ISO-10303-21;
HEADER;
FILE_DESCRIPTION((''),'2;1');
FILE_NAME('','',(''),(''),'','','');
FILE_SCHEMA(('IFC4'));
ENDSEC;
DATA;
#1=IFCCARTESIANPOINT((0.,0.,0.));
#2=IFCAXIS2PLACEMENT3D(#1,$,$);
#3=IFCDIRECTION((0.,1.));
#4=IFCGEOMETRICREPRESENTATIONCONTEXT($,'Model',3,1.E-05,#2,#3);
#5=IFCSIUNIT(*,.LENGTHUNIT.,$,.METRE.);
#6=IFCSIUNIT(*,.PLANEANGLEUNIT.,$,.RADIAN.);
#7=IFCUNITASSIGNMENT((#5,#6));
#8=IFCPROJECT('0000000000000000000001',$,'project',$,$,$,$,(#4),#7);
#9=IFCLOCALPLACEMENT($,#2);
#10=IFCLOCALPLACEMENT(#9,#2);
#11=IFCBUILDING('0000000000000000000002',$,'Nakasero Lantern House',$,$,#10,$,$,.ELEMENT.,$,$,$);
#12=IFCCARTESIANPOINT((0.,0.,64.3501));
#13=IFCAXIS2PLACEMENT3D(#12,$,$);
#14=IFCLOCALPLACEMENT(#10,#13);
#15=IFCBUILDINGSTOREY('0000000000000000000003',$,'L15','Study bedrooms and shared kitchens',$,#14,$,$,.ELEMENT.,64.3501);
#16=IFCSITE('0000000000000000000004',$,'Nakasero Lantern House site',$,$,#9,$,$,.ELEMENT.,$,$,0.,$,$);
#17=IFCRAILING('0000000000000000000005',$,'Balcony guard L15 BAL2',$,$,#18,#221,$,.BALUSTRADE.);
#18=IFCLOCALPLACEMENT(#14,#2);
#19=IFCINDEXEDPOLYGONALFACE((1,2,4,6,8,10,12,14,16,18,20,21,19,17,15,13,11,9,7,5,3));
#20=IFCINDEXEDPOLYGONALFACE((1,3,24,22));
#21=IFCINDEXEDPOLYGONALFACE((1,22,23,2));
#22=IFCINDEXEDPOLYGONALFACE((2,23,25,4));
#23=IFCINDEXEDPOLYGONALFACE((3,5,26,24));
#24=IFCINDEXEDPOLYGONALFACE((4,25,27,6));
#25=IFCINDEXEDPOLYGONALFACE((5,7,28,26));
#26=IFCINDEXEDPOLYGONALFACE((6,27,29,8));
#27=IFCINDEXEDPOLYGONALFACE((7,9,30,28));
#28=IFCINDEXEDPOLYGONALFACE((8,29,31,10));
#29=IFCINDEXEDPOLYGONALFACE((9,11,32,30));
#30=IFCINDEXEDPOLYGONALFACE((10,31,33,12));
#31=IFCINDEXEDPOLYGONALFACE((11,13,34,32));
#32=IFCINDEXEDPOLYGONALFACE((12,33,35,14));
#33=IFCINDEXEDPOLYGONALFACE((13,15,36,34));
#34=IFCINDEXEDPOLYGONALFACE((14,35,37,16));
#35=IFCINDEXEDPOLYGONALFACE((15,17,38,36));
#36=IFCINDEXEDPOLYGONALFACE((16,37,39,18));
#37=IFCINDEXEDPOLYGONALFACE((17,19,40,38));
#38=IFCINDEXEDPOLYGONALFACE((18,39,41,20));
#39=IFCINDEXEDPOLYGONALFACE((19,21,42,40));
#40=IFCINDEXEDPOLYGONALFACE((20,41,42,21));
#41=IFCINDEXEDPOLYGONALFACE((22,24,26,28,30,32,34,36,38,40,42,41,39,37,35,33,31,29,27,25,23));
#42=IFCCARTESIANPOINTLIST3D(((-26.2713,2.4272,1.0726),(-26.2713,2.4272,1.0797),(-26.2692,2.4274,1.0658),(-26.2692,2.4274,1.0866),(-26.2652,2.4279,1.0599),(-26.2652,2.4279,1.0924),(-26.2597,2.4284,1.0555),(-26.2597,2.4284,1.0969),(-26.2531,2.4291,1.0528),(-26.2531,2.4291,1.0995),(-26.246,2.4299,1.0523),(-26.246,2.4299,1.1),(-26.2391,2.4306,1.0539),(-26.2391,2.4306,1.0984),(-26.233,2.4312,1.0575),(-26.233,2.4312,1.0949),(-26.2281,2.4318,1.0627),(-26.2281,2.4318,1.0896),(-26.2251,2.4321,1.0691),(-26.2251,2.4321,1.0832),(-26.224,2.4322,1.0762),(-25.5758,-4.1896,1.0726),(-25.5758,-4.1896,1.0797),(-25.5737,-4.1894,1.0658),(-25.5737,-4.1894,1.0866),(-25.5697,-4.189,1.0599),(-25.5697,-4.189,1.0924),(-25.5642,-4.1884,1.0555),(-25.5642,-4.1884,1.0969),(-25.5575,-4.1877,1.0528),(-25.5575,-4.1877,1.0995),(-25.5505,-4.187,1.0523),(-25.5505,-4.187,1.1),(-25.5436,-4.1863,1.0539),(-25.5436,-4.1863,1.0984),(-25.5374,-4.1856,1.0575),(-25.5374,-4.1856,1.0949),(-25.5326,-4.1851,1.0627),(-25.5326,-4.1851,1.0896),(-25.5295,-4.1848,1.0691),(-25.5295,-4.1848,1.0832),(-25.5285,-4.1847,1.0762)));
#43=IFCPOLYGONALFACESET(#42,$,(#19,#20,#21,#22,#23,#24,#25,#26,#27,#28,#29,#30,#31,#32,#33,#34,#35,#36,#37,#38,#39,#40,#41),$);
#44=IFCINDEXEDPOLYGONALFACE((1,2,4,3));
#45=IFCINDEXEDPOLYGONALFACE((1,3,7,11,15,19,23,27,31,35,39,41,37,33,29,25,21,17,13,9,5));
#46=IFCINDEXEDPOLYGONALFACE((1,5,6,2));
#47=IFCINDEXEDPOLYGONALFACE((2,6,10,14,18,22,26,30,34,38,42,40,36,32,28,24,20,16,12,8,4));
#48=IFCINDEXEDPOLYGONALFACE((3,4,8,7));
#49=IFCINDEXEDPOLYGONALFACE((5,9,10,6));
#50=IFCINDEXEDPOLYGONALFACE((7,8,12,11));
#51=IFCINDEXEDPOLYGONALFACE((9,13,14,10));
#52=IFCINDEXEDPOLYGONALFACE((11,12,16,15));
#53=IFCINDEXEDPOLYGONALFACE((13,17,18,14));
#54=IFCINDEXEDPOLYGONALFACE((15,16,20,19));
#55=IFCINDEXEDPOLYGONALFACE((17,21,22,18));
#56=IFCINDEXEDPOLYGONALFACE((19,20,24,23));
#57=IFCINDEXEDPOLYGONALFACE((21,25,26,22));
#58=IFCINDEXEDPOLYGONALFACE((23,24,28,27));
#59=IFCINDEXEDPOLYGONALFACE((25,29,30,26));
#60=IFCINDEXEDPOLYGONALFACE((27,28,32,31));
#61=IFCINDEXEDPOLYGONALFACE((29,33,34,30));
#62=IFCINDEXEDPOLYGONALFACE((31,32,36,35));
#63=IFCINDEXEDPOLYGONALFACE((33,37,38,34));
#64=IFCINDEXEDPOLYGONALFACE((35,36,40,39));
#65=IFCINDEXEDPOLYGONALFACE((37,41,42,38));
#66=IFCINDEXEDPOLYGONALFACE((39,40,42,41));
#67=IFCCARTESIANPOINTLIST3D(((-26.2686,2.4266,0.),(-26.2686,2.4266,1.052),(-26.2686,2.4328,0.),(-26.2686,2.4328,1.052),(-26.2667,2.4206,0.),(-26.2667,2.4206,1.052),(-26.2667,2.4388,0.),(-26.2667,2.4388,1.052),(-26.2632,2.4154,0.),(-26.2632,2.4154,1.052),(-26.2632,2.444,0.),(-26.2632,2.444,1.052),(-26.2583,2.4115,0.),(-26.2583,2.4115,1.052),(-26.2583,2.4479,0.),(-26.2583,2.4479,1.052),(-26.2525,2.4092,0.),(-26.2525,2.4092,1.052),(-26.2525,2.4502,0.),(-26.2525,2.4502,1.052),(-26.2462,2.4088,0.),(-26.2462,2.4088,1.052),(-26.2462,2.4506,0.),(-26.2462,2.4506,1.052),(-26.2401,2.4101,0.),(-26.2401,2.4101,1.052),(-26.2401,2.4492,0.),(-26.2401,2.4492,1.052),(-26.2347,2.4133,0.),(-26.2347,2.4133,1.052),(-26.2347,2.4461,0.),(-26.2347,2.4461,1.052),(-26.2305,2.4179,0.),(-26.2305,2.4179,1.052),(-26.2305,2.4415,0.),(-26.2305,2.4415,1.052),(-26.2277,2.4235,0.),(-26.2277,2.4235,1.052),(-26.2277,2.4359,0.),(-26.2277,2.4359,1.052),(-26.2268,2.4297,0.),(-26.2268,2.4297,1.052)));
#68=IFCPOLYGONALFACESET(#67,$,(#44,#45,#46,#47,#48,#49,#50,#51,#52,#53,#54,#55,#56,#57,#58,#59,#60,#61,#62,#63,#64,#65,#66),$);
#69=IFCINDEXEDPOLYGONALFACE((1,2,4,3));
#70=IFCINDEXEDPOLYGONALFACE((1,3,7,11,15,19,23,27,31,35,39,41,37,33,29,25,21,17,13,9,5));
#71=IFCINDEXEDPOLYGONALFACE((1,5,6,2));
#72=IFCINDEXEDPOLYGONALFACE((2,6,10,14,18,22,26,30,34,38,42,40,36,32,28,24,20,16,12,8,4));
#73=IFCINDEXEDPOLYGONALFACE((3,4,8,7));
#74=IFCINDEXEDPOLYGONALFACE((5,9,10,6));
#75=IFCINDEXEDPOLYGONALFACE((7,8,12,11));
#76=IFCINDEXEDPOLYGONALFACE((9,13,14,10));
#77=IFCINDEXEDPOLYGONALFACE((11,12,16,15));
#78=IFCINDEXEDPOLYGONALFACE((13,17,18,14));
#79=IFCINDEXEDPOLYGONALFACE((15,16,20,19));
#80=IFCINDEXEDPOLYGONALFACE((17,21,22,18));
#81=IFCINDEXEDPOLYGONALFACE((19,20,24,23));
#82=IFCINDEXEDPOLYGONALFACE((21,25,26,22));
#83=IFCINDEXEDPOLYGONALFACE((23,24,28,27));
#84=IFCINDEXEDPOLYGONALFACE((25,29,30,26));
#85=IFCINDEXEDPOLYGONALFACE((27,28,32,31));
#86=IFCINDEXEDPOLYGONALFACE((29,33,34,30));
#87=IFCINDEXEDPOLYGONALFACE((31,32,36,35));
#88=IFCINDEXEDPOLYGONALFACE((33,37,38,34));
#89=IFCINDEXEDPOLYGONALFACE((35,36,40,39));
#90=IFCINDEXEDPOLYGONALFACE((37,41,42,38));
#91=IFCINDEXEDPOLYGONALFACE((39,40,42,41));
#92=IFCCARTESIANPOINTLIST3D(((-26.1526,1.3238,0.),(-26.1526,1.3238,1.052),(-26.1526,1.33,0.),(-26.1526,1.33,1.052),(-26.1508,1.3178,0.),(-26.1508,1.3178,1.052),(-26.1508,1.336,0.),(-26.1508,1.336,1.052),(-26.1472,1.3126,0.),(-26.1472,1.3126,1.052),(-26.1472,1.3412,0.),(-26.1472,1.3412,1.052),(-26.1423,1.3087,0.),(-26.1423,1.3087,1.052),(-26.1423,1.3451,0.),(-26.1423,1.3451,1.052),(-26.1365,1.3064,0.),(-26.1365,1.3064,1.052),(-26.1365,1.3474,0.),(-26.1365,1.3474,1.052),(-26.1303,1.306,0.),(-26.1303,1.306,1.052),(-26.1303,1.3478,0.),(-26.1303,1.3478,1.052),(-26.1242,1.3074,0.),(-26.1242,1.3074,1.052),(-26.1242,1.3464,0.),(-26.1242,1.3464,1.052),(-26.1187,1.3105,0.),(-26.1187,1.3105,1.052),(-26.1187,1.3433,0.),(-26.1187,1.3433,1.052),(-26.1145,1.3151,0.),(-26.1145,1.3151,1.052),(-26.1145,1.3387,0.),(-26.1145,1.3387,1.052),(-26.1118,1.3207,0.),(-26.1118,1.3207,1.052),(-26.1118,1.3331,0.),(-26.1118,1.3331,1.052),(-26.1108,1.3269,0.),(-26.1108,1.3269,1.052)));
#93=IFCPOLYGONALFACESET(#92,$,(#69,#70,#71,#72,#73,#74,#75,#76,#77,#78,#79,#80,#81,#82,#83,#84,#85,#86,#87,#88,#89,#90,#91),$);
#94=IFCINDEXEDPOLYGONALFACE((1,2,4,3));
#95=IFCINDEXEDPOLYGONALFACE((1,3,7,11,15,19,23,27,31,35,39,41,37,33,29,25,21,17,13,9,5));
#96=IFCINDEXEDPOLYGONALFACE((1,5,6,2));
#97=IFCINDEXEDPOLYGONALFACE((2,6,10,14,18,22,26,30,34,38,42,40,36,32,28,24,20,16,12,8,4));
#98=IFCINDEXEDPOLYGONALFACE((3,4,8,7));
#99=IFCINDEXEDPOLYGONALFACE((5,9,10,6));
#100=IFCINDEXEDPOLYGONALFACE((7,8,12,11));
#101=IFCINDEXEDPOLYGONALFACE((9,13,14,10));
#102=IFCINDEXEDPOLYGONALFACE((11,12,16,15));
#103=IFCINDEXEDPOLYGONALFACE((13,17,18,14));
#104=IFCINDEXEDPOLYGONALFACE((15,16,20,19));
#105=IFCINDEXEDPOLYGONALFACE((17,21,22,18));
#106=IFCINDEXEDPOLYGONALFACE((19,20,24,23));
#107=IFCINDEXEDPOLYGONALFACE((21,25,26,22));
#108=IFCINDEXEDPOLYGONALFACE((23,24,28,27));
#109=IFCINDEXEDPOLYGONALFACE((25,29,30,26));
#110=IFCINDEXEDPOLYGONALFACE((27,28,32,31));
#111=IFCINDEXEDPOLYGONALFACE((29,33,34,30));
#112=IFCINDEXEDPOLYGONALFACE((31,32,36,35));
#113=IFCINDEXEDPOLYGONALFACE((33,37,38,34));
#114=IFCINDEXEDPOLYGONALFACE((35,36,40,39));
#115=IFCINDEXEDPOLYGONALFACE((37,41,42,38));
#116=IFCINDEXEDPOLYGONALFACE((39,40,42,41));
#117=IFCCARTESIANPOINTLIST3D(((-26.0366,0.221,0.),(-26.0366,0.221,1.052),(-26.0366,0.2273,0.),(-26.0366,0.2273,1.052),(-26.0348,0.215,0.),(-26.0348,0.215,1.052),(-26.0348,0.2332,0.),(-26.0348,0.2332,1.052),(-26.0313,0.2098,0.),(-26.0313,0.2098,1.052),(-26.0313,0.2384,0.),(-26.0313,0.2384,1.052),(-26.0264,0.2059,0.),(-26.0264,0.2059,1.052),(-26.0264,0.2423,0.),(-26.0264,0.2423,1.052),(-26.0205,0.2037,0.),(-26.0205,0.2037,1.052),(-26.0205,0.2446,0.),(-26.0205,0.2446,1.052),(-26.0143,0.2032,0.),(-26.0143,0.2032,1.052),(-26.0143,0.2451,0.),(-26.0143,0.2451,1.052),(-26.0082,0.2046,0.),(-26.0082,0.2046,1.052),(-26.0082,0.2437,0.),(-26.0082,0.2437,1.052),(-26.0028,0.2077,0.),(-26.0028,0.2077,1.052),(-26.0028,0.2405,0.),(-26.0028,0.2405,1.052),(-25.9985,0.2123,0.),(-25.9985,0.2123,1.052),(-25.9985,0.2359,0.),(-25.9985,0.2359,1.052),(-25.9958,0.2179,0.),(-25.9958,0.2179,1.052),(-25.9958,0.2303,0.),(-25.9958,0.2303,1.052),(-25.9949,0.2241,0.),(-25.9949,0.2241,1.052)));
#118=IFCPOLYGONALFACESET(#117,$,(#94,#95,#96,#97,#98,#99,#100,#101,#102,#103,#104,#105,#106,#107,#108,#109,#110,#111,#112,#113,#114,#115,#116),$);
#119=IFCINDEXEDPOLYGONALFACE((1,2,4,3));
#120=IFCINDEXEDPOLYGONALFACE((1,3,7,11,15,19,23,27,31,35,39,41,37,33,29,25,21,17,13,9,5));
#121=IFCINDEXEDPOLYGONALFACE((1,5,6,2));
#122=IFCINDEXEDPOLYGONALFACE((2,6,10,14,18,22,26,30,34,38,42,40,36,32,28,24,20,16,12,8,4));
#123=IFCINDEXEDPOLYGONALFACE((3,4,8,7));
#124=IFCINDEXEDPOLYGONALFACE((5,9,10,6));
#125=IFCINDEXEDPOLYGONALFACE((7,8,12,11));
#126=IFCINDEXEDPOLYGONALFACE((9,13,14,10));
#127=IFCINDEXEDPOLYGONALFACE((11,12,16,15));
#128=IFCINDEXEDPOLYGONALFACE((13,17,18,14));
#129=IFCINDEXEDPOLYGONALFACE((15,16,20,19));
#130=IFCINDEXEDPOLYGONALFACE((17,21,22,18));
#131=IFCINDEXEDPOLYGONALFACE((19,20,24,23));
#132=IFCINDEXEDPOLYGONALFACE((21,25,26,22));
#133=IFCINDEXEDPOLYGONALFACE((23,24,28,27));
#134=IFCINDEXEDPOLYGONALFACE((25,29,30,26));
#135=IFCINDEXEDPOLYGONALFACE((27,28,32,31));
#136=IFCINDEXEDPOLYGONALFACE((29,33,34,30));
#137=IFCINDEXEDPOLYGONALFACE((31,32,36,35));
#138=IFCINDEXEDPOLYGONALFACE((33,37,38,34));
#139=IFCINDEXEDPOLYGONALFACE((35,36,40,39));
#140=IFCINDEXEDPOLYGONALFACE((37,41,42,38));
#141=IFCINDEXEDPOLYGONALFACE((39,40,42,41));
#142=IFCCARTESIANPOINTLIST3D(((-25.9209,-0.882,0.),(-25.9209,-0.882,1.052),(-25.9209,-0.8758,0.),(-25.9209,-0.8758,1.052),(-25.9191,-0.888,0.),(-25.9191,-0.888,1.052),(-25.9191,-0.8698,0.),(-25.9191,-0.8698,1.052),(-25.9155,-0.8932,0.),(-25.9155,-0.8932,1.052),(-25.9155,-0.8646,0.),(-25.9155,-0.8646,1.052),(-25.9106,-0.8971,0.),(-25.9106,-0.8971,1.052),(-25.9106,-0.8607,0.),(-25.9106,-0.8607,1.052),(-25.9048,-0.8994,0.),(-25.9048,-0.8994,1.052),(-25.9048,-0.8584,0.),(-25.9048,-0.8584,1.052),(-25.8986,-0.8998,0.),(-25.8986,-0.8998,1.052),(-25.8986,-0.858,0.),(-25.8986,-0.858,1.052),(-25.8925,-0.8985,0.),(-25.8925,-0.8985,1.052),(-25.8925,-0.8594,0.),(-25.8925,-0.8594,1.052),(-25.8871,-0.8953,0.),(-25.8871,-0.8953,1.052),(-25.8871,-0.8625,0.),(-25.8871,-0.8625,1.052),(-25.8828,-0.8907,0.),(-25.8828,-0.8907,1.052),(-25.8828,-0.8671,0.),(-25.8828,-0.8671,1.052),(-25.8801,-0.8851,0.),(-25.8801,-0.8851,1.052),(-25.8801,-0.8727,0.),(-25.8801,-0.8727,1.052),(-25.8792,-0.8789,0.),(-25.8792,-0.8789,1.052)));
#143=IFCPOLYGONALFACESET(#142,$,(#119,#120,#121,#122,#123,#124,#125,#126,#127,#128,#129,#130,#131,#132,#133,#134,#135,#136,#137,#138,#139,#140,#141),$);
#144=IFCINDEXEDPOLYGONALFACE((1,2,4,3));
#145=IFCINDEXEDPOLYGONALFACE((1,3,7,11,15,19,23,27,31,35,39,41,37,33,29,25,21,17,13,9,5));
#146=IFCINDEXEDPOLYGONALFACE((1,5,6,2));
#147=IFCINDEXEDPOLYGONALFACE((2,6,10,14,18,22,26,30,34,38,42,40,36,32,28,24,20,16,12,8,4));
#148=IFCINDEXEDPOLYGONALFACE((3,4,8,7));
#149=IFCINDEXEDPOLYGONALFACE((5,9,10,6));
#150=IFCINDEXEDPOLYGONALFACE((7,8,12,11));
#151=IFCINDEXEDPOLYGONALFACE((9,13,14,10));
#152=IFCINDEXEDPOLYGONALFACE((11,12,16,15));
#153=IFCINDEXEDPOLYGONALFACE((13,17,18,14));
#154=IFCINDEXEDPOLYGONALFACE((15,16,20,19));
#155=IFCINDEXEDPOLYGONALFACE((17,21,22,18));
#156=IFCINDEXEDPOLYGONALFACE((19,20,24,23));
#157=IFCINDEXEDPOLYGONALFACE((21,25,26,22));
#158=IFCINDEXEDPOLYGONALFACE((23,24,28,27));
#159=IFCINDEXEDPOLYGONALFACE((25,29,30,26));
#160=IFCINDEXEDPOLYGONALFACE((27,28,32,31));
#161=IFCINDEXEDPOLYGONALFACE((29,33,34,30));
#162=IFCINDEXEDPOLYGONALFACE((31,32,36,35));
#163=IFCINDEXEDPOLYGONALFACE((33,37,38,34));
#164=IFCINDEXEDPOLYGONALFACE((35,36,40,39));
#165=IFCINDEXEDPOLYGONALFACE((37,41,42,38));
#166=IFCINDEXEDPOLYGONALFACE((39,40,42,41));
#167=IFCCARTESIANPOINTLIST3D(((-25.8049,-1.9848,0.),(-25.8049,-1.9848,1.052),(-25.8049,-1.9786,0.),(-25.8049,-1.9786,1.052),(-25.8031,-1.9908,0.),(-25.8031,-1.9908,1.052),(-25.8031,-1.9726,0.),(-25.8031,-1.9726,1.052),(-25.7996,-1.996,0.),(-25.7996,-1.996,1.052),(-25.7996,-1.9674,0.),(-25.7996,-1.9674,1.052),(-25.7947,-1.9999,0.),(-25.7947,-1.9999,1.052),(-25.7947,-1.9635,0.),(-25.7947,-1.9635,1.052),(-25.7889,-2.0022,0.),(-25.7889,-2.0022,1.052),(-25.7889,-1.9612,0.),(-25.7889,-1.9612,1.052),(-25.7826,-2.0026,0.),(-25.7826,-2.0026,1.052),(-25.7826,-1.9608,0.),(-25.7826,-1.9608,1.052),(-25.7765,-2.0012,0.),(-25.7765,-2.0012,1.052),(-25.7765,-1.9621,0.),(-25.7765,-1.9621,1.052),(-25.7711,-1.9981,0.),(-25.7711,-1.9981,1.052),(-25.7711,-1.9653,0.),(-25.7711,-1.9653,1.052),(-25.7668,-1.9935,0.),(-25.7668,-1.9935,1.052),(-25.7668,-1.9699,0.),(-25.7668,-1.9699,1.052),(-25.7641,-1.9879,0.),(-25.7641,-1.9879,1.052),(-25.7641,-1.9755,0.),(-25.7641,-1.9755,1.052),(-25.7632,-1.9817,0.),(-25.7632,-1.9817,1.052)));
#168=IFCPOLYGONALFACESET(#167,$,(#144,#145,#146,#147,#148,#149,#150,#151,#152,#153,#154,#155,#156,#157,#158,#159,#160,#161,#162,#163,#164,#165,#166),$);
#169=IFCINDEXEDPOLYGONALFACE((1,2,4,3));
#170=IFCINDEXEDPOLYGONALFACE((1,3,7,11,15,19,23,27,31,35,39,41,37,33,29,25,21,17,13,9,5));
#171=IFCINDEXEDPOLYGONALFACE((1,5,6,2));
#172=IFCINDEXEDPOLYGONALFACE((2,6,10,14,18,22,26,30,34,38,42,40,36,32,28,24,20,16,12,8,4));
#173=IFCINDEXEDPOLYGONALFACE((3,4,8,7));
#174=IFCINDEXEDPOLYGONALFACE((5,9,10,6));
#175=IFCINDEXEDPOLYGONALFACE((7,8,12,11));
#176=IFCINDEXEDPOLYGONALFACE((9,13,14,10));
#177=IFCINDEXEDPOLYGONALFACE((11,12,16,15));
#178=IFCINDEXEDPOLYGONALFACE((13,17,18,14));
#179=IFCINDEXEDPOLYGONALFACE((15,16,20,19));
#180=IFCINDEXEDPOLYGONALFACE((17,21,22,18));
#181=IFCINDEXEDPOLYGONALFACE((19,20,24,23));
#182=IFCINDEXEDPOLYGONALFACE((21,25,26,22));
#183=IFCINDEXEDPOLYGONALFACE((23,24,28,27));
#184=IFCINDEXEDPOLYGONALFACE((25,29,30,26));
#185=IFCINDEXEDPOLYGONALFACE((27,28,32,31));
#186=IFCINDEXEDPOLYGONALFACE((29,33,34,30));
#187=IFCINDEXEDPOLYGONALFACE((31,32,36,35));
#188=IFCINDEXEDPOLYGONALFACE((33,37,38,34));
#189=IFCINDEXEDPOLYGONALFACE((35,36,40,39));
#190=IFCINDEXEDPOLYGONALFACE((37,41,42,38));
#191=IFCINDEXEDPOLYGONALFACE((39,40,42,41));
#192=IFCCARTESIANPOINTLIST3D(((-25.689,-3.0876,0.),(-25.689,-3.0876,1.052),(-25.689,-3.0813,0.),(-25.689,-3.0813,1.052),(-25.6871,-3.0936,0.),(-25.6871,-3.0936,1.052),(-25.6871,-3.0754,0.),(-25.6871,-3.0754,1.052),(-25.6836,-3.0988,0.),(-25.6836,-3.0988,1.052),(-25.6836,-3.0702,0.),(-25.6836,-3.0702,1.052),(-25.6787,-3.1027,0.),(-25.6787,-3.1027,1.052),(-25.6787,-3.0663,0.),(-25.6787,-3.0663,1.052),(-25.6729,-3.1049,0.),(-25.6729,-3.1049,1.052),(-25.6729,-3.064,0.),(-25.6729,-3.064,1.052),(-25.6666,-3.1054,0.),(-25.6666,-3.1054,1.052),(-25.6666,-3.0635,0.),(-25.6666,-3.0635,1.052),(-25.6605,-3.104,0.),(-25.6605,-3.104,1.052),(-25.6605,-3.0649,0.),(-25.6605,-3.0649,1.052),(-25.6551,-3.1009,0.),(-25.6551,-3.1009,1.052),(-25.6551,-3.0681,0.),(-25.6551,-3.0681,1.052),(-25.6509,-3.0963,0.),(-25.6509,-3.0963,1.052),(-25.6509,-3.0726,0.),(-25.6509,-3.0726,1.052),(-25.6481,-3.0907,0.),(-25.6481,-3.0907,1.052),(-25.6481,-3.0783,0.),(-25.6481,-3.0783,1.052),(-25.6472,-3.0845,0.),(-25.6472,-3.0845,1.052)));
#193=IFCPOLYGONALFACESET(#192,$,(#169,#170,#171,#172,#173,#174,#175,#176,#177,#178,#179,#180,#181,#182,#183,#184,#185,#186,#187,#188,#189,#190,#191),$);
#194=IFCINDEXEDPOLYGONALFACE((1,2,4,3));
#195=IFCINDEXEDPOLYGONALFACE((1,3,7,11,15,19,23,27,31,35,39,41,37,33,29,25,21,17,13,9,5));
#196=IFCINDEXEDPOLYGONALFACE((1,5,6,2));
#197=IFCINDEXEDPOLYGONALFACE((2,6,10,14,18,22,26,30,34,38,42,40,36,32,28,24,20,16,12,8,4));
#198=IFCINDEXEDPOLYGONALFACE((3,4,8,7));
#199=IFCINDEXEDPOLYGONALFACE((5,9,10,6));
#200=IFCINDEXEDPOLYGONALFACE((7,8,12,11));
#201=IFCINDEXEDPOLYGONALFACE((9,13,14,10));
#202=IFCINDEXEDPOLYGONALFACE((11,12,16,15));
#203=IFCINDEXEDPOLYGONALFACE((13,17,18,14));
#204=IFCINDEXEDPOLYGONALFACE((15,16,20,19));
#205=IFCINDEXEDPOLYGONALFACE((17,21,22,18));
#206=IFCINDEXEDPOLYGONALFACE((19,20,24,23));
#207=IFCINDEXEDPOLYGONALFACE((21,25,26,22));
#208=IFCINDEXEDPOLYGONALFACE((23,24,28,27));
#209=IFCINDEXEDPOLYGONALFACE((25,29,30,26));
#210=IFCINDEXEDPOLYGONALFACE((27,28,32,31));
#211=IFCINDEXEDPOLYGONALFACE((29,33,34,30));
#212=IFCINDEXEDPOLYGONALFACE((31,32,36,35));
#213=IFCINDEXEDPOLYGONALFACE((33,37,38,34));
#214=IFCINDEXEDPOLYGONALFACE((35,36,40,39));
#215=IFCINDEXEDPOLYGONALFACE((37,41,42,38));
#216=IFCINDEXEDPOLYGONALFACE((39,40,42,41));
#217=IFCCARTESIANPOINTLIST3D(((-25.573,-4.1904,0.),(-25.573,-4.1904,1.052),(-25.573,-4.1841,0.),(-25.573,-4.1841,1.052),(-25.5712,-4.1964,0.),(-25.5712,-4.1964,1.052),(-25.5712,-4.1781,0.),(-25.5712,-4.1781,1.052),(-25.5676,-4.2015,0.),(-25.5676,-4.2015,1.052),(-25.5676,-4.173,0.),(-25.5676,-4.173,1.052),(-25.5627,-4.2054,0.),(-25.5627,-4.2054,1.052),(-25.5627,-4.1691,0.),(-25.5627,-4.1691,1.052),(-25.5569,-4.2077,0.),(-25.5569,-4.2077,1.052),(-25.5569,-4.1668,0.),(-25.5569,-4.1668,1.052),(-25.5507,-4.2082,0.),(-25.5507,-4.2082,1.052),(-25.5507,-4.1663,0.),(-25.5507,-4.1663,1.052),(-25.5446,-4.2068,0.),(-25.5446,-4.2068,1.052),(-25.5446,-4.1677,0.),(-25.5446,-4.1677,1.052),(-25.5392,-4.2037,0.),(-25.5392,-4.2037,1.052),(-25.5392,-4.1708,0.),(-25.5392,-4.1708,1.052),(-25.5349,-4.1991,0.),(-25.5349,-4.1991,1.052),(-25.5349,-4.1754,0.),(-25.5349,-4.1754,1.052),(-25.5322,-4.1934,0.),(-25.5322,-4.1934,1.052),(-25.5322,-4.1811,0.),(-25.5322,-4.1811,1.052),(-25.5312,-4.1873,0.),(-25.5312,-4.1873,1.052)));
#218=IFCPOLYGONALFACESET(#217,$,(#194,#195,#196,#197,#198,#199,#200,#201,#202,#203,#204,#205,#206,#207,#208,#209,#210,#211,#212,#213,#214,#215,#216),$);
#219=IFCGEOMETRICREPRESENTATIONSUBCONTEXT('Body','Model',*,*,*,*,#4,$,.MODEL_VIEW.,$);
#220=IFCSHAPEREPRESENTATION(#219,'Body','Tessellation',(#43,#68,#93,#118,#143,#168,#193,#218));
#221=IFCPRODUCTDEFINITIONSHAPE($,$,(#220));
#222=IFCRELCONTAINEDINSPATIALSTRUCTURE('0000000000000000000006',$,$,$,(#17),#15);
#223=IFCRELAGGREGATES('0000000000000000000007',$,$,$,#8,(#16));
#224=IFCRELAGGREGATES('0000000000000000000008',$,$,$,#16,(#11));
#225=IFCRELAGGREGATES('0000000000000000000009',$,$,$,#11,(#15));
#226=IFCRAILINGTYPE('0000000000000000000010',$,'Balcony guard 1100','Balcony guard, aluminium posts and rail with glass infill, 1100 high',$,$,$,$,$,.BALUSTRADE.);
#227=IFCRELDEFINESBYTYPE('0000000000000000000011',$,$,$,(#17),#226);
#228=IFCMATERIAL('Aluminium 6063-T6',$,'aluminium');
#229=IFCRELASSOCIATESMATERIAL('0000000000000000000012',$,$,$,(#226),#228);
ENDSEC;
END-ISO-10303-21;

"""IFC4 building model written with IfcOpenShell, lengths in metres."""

from ifc_helpers import new_model, si_unit, direction, frame, origin, origin_2d, place, context, subcontext, project, spatial, circle, extrude, material, type_object, element, save


model = new_model("IFC4")

# Units and contexts
model_context = context("Model", 3, precision=1e-05, world=origin(), true_north=direction((0.0, 1.0)))
body_context = subcontext(model_context, "Body", "Model", "MODEL_VIEW")
ifc_project = project(units=[si_unit("LENGTHUNIT", "METRE"), si_unit("PLANEANGLEUNIT", "RADIAN")], contexts=[model_context])

# Site, building, storey
site_placement = place(None, origin())
site = spatial("IfcSite", under=ifc_project, at=site_placement, Name="Nakasero Lantern House site", CompositionType="ELEMENT", RefElevation=0.0)
building_placement = place(site_placement, origin())
building = spatial("IfcBuilding", under=site, at=building_placement, Name="Nakasero Lantern House", CompositionType="ELEMENT")
storey_placement = place(building_placement, frame((0.0, 0.0, 64.3501)))
storey = spatial("IfcBuildingStorey", under=building, at=storey_placement, Name="L15", Description="Study bedrooms and shared kitchens", CompositionType="ELEMENT", Elevation=64.3501)

# Railing
ifc_material_1 = material(Name="Aluminium 6063-T6", Category="aluminium")
railing_type = type_object("IfcRailingType", Name="Balcony guard 1100", Description="Balcony guard, aluminium posts and rail with glass infill, 1100 high", PredefinedType="BALUSTRADE", material=ifc_material_1)
railing_placement = place(storey_placement, frame((-26.2478, 2.4297, 0.0)))
element("IfcRailing", 1, at=railing_placement, inside=storey, type_object=railing_type, Name="Balcony guard L15 BAL2", PredefinedType="BALUSTRADE", context=body_context, shape_type="SweptSolid", body=[
    extrude(circle(Radius=0.0239, at=origin_2d()), frame((0.0, 0.0, 1.0762), z_axis=(0.104542, -0.994521, 0.0), x_axis=(0.994521, 0.104542, 0.0)), (0.0, 0.0, 1.0), 6.6533),
    extrude(circle(Radius=0.021, at=origin_2d()), origin(), (0.0, 0.0, 1.0), 1.052),
    extrude(circle(Radius=0.021, at=origin_2d()), frame((0.116, -1.1028, 0.0)), (0.0, 0.0, 1.0), 1.052),
    extrude(circle(Radius=0.021, at=origin_2d()), frame((0.2319, -2.2056, 0.0)), (0.0, 0.0, 1.0), 1.052),
    extrude(circle(Radius=0.021, at=origin_2d()), frame((0.3477, -3.3086, 0.0)), (0.0, 0.0, 1.0), 1.052),
    extrude(circle(Radius=0.021, at=origin_2d()), frame((0.4636, -4.4114, 0.0)), (0.0, 0.0, 1.0), 1.052),
    extrude(circle(Radius=0.021, at=origin_2d()), frame((0.5796, -5.5142, 0.0)), (0.0, 0.0, 1.0), 1.052),
    extrude(circle(Radius=0.021, at=origin_2d()), frame((0.6956, -6.6169, 0.0)), (0.0, 0.0, 1.0), 1.052),
])

save(model, "model.ifc")
